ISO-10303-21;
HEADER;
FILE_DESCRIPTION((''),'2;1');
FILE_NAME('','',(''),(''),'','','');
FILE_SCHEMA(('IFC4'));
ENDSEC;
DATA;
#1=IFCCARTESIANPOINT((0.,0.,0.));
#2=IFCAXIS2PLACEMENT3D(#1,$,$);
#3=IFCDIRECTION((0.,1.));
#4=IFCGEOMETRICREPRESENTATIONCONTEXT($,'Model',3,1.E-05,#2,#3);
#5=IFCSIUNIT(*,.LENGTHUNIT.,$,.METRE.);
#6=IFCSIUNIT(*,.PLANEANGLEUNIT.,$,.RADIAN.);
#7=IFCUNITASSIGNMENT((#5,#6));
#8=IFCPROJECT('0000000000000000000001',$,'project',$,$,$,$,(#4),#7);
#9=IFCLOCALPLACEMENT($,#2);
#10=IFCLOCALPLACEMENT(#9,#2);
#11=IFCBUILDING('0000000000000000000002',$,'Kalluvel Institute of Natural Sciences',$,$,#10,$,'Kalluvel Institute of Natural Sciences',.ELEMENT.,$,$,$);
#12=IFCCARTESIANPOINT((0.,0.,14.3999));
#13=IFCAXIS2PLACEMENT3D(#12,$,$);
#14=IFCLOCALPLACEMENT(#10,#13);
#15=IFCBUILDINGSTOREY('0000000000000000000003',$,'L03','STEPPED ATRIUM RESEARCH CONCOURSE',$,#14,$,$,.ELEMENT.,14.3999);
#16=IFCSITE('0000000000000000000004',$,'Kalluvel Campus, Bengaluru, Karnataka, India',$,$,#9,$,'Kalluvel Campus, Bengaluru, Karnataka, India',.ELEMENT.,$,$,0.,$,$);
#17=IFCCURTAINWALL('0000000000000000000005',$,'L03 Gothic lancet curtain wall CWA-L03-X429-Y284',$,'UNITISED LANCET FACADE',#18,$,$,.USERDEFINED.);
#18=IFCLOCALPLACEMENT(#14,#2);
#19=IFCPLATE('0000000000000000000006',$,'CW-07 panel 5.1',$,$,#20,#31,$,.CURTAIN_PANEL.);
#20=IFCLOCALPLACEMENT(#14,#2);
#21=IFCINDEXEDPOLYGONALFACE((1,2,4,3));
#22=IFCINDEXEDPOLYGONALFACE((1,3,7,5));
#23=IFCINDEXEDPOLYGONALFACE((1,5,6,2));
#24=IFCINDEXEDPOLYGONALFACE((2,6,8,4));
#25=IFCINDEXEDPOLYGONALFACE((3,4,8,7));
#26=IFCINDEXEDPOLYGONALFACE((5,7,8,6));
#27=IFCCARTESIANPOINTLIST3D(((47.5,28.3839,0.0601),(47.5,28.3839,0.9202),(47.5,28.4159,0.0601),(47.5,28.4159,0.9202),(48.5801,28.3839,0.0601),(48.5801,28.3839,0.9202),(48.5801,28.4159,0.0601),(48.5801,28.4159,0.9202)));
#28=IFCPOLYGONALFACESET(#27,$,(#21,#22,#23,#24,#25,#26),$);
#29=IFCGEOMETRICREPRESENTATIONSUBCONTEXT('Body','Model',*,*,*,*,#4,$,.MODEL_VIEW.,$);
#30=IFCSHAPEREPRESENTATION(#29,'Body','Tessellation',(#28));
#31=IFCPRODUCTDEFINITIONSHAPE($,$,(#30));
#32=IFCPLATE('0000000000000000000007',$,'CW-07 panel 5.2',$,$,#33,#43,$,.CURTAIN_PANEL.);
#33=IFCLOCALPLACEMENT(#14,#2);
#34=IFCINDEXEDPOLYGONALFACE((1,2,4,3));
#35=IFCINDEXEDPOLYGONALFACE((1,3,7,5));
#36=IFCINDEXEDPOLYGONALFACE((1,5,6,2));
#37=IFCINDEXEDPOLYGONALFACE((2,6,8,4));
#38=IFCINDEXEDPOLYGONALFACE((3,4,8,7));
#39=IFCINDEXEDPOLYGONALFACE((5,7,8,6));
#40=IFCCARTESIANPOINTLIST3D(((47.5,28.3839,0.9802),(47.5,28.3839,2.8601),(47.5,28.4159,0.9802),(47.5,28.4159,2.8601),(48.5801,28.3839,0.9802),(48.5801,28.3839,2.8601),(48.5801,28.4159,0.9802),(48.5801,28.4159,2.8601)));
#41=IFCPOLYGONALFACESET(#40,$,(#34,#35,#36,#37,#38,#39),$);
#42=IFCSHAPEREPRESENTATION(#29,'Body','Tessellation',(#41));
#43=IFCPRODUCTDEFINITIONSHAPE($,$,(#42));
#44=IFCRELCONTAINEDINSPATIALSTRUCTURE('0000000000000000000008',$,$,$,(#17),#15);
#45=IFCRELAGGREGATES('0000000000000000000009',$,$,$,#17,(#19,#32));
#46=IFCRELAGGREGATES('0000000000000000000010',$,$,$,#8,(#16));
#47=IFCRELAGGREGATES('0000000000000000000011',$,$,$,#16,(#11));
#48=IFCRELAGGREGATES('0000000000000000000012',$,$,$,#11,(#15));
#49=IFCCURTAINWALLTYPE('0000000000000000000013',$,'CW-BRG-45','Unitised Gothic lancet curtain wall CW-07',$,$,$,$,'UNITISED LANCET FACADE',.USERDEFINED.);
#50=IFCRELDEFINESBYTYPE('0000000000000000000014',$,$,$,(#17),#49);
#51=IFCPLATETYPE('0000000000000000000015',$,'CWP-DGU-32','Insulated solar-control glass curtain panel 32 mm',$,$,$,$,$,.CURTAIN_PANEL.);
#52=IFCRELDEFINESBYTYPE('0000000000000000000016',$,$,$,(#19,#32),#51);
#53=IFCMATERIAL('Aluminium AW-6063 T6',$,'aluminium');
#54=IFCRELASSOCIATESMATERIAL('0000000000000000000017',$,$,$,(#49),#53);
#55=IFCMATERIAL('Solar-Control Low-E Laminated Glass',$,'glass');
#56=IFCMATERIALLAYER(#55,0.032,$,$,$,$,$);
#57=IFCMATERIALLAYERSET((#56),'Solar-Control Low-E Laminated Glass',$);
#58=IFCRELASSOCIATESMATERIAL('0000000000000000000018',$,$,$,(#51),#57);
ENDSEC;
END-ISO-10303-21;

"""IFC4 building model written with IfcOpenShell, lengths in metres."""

from ifc_helpers import new_model, si_unit, direction, frame, origin, origin_2d, place, context, subcontext, project, spatial, rectangle, extrude, material, layer, layer_set, type_object, element, aggregate, save


model = new_model("IFC4")

# Units and contexts
model_context = context("Model", 3, precision=1e-05, world=origin(), true_north=direction((0.0, 1.0)))
body_context = subcontext(model_context, "Body", "Model", "MODEL_VIEW")
ifc_project = project(units=[si_unit("LENGTHUNIT", "METRE"), si_unit("PLANEANGLEUNIT", "RADIAN")], contexts=[model_context])

# Site, building, storey
site_placement = place(None, origin())
site = spatial("IfcSite", under=ifc_project, at=site_placement, Name="Kalluvel Campus, Bengaluru, Karnataka, India", LongName="Kalluvel Campus, Bengaluru, Karnataka, India", CompositionType="ELEMENT", RefElevation=0.0)
building_placement = place(site_placement, origin())
building = spatial("IfcBuilding", under=site, at=building_placement, Name="Kalluvel Institute of Natural Sciences", LongName="Kalluvel Institute of Natural Sciences", CompositionType="ELEMENT")
storey_placement = place(building_placement, frame((0.0, 0.0, 14.3999)))
storey = spatial("IfcBuildingStorey", under=building, at=storey_placement, Name="L03", Description="STEPPED ATRIUM RESEARCH CONCOURSE", CompositionType="ELEMENT", Elevation=14.3999)

# Curtain wall, plates
ifc_material_1 = material(Name="Aluminium AW-6063 T6", Category="aluminium")
curtain_wall_type = type_object("IfcCurtainWallType", Name="CW-BRG-45", Description="Unitised Gothic lancet curtain wall CW-07", ElementType="UNITISED LANCET FACADE", PredefinedType="USERDEFINED", material=ifc_material_1)
curtain_wall_placement = place(storey_placement, origin())
curtain_wall = element("IfcCurtainWall", 1, at=curtain_wall_placement, inside=storey, type_object=curtain_wall_type, Name="L03 Gothic lancet curtain wall CWA-L03-X429-Y284", ObjectType="UNITISED LANCET FACADE", PredefinedType="USERDEFINED")
ifc_material_2 = material(Name="Solar-Control Low-E Laminated Glass", Category="glass")
ifc_layer = layer(ifc_material_2, 0.032)
ifc_layer_set = layer_set([ifc_layer], Name="Solar-Control Low-E Laminated Glass")
plate_type = type_object("IfcPlateType", Name="CWP-DGU-32", Description="Insulated solar-control glass curtain panel 32 mm", PredefinedType="CURTAIN_PANEL", material=ifc_layer_set)
plate_1_placement = place(storey_placement, frame((48.04, 28.3999, 0.0601), z_axis=(0.0, 0.0, 1.0), x_axis=(1.0, 0.0, 0.0)))
plate_1 = element("IfcPlate", 2, at=plate_1_placement, type_object=plate_type, Name="CW-07 panel 5.1", PredefinedType="CURTAIN_PANEL", context=body_context, shape_type="SweptSolid", body=[
    extrude(rectangle(XDim=1.0801, YDim=0.032, at=origin_2d()), origin(), (0.0, 0.0, 1.0), 0.8601),
])
plate_2_placement = place(storey_placement, frame((48.04, 28.3999, 0.9802), z_axis=(0.0, 0.0, 1.0), x_axis=(1.0, 0.0, 0.0)))
plate_2 = element("IfcPlate", 3, at=plate_2_placement, type_object=plate_type, Name="CW-07 panel 5.2", PredefinedType="CURTAIN_PANEL", context=body_context, shape_type="SweptSolid", body=[
    extrude(rectangle(XDim=1.0801, YDim=0.032, at=origin_2d()), origin(), (0.0, 0.0, 1.0), 1.8799),
])
aggregate(curtain_wall, [plate_1, plate_2])

save(model, "model.ifc")
